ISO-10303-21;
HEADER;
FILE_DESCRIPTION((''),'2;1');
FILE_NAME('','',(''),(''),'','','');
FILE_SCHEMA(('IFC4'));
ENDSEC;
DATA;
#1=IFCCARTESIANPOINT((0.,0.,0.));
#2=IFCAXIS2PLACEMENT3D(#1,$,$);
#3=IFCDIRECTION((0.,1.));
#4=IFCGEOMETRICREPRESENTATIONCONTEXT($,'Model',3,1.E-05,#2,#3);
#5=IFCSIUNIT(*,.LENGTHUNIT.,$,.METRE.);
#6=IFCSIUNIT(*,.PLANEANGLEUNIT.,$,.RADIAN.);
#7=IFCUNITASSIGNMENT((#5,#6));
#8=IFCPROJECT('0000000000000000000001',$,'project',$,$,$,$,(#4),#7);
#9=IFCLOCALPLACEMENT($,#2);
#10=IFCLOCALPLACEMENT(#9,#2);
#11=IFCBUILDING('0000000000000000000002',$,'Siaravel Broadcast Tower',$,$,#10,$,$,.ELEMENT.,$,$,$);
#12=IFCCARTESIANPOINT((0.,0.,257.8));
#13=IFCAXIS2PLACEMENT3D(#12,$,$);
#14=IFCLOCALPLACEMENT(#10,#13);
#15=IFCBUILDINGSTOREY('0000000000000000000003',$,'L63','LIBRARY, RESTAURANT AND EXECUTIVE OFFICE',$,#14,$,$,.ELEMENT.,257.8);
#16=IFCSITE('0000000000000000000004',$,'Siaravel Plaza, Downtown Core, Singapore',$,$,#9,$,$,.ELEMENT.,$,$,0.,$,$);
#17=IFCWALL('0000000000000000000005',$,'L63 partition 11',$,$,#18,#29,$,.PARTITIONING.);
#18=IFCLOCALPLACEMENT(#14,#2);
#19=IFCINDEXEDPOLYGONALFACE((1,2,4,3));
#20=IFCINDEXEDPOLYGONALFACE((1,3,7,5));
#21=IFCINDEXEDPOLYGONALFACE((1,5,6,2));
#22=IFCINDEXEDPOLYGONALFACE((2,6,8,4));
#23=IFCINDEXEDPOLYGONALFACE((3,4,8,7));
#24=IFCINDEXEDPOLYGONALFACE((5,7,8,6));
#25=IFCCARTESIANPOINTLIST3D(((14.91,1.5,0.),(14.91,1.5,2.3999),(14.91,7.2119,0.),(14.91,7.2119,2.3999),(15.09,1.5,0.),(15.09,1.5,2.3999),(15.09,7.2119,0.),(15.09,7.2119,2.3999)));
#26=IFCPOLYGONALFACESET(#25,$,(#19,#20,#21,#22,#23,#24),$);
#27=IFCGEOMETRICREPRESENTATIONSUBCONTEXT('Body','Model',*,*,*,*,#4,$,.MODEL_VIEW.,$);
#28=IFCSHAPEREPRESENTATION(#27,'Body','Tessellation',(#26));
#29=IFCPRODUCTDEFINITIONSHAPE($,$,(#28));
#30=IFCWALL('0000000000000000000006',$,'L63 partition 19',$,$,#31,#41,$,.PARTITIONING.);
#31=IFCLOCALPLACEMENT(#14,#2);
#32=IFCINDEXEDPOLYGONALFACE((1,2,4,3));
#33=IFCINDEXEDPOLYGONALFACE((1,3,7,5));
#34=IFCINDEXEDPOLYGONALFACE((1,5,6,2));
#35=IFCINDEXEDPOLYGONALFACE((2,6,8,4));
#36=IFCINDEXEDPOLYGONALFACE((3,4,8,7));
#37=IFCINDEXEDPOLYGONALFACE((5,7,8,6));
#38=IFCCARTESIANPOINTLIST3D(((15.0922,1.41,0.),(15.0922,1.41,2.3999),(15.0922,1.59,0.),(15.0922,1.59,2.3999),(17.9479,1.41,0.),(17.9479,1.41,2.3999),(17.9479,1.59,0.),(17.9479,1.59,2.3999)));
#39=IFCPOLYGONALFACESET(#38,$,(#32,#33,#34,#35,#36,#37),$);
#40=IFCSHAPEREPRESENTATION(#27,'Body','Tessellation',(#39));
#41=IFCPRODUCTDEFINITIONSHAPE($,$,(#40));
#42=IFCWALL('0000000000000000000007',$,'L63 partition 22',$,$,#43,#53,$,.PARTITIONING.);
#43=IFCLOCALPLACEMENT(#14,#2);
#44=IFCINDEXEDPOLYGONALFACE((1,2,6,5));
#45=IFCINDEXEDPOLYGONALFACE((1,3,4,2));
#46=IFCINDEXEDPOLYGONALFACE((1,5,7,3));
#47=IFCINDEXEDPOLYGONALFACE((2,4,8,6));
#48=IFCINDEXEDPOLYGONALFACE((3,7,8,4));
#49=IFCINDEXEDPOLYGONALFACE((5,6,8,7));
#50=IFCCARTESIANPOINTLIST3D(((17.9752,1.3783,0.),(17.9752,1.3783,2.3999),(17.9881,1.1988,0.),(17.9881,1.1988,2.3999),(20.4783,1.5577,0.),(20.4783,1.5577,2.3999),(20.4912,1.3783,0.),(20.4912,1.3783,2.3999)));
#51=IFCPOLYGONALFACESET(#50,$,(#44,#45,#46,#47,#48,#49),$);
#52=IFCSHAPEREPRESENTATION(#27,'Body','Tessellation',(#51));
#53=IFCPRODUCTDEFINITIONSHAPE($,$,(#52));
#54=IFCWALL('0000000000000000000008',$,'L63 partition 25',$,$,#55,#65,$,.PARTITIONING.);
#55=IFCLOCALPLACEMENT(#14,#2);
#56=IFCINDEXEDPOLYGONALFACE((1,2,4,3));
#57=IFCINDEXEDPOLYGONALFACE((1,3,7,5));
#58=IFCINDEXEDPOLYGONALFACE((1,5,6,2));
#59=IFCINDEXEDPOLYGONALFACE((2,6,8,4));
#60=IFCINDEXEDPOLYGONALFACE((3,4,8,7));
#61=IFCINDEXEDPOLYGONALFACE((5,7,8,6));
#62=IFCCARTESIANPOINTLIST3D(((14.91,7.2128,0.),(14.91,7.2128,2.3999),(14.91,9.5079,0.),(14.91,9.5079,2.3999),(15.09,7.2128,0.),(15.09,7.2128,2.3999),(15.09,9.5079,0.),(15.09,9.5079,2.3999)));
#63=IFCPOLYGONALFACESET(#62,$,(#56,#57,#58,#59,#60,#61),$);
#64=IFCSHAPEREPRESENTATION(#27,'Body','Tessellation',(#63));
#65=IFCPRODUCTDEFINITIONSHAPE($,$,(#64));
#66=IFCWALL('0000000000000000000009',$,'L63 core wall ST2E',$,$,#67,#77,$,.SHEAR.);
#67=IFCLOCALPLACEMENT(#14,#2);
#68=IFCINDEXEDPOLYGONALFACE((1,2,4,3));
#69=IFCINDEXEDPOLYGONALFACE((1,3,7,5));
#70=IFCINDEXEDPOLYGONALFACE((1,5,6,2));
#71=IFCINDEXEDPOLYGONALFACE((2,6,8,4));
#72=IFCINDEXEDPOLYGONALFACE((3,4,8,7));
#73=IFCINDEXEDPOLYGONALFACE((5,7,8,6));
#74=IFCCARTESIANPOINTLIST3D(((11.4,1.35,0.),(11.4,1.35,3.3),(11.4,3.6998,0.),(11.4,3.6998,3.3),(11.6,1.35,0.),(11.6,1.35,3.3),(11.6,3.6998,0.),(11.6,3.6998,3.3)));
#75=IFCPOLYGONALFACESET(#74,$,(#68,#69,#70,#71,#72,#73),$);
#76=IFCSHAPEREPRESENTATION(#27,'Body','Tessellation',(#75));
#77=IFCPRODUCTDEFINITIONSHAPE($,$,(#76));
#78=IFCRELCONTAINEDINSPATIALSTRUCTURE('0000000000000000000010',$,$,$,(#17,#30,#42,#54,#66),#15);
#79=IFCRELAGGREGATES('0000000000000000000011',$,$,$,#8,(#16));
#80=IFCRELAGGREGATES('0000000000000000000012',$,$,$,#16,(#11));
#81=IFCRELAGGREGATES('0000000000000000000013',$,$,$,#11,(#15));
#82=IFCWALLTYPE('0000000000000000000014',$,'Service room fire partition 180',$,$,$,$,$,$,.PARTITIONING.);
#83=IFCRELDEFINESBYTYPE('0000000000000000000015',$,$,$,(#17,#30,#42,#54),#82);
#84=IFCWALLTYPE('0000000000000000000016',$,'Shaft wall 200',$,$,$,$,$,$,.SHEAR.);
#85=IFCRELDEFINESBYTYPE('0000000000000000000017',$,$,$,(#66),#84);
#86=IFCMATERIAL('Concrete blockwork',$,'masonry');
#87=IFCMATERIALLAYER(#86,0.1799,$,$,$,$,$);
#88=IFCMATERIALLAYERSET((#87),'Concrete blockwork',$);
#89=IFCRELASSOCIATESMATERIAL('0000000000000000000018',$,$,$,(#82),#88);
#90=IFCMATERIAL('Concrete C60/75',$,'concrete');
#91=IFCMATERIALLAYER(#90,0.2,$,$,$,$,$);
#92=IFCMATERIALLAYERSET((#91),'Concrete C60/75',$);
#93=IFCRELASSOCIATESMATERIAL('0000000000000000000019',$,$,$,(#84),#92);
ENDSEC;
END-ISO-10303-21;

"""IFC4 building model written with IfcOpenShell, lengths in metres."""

from ifc_helpers import new_model, si_unit, direction, frame, frame_2d, origin, place, context, subcontext, project, spatial, rectangle, extrude, material, layer, layer_set, type_object, element, save


model = new_model("IFC4")

# Units and contexts
model_context = context("Model", 3, precision=1e-05, world=origin(), true_north=direction((0.0, 1.0)))
body_context = subcontext(model_context, "Body", "Model", "MODEL_VIEW")
ifc_project = project(units=[si_unit("LENGTHUNIT", "METRE"), si_unit("PLANEANGLEUNIT", "RADIAN")], contexts=[model_context])

# Site, building, storey
site_placement = place(None, origin())
site = spatial("IfcSite", under=ifc_project, at=site_placement, Name="Siaravel Plaza, Downtown Core, Singapore", CompositionType="ELEMENT", RefElevation=0.0)
building_placement = place(site_placement, origin())
building = spatial("IfcBuilding", under=site, at=building_placement, Name="Siaravel Broadcast Tower", CompositionType="ELEMENT")
storey_placement = place(building_placement, frame((0.0, 0.0, 257.8)))
storey = spatial("IfcBuildingStorey", under=building, at=storey_placement, Name="L63", Description="LIBRARY, RESTAURANT AND EXECUTIVE OFFICE", CompositionType="ELEMENT", Elevation=257.8)

# Shared definitions
ifc_material_1 = material(Name="Concrete blockwork", Category="masonry")
ifc_layer_1 = layer(ifc_material_1, 0.1799)
ifc_layer_set_1 = layer_set([ifc_layer_1], Name="Concrete blockwork")
wall_type_1 = type_object("IfcWallType", Name="Service room fire partition 180", PredefinedType="PARTITIONING", material=ifc_layer_set_1)

# Walls
wall_1_placement = place(storey_placement, frame((15.0, 1.5, 0.0), z_axis=(0.0, 0.0, 1.0), x_axis=(0.0, 1.0, 0.0)))
element("IfcWall", 1, at=wall_1_placement, inside=storey, type_object=wall_type_1, Name="L63 partition 11", PredefinedType="PARTITIONING", context=body_context, shape_type="SweptSolid", body=[
    extrude(rectangle(XDim=5.7119, YDim=0.1799, at=frame_2d((2.856, 0.0))), origin(), (0.0, 0.0, 1.0), 2.3999),
])
wall_2_placement = place(storey_placement, frame((17.9478, 1.5, 0.0), z_axis=(0.0, 0.0, 1.0), x_axis=(-1.0, 0.0, 0.0)))
element("IfcWall", 2, at=wall_2_placement, inside=storey, type_object=wall_type_1, Name="L63 partition 19", PredefinedType="PARTITIONING", context=body_context, shape_type="SweptSolid", body=[
    extrude(rectangle(XDim=2.8557, YDim=0.1799, at=frame_2d((1.4277, 0.0))), origin(), (0.0, 0.0, 1.0), 2.3999),
])
wall_3_placement = place(storey_placement, frame((20.4849, 1.468, 0.0), z_axis=(0.0, 0.0, 1.0), x_axis=(-0.99744, -0.071503, 0.0)))
element("IfcWall", 3, at=wall_3_placement, inside=storey, type_object=wall_type_1, Name="L63 partition 22", PredefinedType="PARTITIONING", context=body_context, shape_type="SweptSolid", body=[
    extrude(rectangle(XDim=2.5095, YDim=0.1799, at=frame_2d((1.2549, 0.0))), origin(), (0.0, 0.0, 1.0), 2.3999),
])
wall_4_placement = place(storey_placement, frame((15.0, 7.2129, 0.0), z_axis=(0.0, 0.0, 1.0), x_axis=(0.0, 1.0, 0.0)))
element("IfcWall", 4, at=wall_4_placement, inside=storey, type_object=wall_type_1, Name="L63 partition 25", PredefinedType="PARTITIONING", context=body_context, shape_type="SweptSolid", body=[
    extrude(rectangle(XDim=2.2952, YDim=0.1799, at=frame_2d((1.1475, 0.0))), origin(), (0.0, 0.0, 1.0), 2.3999),
])
ifc_material_2 = material(Name="Concrete C60/75", Category="concrete")
ifc_layer_2 = layer(ifc_material_2, 0.2)
ifc_layer_set_2 = layer_set([ifc_layer_2], Name="Concrete C60/75")
wall_type_2 = type_object("IfcWallType", Name="Shaft wall 200", PredefinedType="SHEAR", material=ifc_layer_set_2)
wall_5_placement = place(storey_placement, frame((11.5, 1.3501, 0.0), z_axis=(0.0, 0.0, 1.0), x_axis=(0.0, 1.0, 0.0)))
element("IfcWall", 5, at=wall_5_placement, inside=storey, type_object=wall_type_2, Name="L63 core wall ST2E", PredefinedType="SHEAR", context=body_context, shape_type="SweptSolid", body=[
    extrude(rectangle(XDim=2.3499, YDim=0.2, at=frame_2d((1.1748, 0.0))), origin(), (0.0, 0.0, 1.0), 3.3),
])

save(model, "model.ifc")
